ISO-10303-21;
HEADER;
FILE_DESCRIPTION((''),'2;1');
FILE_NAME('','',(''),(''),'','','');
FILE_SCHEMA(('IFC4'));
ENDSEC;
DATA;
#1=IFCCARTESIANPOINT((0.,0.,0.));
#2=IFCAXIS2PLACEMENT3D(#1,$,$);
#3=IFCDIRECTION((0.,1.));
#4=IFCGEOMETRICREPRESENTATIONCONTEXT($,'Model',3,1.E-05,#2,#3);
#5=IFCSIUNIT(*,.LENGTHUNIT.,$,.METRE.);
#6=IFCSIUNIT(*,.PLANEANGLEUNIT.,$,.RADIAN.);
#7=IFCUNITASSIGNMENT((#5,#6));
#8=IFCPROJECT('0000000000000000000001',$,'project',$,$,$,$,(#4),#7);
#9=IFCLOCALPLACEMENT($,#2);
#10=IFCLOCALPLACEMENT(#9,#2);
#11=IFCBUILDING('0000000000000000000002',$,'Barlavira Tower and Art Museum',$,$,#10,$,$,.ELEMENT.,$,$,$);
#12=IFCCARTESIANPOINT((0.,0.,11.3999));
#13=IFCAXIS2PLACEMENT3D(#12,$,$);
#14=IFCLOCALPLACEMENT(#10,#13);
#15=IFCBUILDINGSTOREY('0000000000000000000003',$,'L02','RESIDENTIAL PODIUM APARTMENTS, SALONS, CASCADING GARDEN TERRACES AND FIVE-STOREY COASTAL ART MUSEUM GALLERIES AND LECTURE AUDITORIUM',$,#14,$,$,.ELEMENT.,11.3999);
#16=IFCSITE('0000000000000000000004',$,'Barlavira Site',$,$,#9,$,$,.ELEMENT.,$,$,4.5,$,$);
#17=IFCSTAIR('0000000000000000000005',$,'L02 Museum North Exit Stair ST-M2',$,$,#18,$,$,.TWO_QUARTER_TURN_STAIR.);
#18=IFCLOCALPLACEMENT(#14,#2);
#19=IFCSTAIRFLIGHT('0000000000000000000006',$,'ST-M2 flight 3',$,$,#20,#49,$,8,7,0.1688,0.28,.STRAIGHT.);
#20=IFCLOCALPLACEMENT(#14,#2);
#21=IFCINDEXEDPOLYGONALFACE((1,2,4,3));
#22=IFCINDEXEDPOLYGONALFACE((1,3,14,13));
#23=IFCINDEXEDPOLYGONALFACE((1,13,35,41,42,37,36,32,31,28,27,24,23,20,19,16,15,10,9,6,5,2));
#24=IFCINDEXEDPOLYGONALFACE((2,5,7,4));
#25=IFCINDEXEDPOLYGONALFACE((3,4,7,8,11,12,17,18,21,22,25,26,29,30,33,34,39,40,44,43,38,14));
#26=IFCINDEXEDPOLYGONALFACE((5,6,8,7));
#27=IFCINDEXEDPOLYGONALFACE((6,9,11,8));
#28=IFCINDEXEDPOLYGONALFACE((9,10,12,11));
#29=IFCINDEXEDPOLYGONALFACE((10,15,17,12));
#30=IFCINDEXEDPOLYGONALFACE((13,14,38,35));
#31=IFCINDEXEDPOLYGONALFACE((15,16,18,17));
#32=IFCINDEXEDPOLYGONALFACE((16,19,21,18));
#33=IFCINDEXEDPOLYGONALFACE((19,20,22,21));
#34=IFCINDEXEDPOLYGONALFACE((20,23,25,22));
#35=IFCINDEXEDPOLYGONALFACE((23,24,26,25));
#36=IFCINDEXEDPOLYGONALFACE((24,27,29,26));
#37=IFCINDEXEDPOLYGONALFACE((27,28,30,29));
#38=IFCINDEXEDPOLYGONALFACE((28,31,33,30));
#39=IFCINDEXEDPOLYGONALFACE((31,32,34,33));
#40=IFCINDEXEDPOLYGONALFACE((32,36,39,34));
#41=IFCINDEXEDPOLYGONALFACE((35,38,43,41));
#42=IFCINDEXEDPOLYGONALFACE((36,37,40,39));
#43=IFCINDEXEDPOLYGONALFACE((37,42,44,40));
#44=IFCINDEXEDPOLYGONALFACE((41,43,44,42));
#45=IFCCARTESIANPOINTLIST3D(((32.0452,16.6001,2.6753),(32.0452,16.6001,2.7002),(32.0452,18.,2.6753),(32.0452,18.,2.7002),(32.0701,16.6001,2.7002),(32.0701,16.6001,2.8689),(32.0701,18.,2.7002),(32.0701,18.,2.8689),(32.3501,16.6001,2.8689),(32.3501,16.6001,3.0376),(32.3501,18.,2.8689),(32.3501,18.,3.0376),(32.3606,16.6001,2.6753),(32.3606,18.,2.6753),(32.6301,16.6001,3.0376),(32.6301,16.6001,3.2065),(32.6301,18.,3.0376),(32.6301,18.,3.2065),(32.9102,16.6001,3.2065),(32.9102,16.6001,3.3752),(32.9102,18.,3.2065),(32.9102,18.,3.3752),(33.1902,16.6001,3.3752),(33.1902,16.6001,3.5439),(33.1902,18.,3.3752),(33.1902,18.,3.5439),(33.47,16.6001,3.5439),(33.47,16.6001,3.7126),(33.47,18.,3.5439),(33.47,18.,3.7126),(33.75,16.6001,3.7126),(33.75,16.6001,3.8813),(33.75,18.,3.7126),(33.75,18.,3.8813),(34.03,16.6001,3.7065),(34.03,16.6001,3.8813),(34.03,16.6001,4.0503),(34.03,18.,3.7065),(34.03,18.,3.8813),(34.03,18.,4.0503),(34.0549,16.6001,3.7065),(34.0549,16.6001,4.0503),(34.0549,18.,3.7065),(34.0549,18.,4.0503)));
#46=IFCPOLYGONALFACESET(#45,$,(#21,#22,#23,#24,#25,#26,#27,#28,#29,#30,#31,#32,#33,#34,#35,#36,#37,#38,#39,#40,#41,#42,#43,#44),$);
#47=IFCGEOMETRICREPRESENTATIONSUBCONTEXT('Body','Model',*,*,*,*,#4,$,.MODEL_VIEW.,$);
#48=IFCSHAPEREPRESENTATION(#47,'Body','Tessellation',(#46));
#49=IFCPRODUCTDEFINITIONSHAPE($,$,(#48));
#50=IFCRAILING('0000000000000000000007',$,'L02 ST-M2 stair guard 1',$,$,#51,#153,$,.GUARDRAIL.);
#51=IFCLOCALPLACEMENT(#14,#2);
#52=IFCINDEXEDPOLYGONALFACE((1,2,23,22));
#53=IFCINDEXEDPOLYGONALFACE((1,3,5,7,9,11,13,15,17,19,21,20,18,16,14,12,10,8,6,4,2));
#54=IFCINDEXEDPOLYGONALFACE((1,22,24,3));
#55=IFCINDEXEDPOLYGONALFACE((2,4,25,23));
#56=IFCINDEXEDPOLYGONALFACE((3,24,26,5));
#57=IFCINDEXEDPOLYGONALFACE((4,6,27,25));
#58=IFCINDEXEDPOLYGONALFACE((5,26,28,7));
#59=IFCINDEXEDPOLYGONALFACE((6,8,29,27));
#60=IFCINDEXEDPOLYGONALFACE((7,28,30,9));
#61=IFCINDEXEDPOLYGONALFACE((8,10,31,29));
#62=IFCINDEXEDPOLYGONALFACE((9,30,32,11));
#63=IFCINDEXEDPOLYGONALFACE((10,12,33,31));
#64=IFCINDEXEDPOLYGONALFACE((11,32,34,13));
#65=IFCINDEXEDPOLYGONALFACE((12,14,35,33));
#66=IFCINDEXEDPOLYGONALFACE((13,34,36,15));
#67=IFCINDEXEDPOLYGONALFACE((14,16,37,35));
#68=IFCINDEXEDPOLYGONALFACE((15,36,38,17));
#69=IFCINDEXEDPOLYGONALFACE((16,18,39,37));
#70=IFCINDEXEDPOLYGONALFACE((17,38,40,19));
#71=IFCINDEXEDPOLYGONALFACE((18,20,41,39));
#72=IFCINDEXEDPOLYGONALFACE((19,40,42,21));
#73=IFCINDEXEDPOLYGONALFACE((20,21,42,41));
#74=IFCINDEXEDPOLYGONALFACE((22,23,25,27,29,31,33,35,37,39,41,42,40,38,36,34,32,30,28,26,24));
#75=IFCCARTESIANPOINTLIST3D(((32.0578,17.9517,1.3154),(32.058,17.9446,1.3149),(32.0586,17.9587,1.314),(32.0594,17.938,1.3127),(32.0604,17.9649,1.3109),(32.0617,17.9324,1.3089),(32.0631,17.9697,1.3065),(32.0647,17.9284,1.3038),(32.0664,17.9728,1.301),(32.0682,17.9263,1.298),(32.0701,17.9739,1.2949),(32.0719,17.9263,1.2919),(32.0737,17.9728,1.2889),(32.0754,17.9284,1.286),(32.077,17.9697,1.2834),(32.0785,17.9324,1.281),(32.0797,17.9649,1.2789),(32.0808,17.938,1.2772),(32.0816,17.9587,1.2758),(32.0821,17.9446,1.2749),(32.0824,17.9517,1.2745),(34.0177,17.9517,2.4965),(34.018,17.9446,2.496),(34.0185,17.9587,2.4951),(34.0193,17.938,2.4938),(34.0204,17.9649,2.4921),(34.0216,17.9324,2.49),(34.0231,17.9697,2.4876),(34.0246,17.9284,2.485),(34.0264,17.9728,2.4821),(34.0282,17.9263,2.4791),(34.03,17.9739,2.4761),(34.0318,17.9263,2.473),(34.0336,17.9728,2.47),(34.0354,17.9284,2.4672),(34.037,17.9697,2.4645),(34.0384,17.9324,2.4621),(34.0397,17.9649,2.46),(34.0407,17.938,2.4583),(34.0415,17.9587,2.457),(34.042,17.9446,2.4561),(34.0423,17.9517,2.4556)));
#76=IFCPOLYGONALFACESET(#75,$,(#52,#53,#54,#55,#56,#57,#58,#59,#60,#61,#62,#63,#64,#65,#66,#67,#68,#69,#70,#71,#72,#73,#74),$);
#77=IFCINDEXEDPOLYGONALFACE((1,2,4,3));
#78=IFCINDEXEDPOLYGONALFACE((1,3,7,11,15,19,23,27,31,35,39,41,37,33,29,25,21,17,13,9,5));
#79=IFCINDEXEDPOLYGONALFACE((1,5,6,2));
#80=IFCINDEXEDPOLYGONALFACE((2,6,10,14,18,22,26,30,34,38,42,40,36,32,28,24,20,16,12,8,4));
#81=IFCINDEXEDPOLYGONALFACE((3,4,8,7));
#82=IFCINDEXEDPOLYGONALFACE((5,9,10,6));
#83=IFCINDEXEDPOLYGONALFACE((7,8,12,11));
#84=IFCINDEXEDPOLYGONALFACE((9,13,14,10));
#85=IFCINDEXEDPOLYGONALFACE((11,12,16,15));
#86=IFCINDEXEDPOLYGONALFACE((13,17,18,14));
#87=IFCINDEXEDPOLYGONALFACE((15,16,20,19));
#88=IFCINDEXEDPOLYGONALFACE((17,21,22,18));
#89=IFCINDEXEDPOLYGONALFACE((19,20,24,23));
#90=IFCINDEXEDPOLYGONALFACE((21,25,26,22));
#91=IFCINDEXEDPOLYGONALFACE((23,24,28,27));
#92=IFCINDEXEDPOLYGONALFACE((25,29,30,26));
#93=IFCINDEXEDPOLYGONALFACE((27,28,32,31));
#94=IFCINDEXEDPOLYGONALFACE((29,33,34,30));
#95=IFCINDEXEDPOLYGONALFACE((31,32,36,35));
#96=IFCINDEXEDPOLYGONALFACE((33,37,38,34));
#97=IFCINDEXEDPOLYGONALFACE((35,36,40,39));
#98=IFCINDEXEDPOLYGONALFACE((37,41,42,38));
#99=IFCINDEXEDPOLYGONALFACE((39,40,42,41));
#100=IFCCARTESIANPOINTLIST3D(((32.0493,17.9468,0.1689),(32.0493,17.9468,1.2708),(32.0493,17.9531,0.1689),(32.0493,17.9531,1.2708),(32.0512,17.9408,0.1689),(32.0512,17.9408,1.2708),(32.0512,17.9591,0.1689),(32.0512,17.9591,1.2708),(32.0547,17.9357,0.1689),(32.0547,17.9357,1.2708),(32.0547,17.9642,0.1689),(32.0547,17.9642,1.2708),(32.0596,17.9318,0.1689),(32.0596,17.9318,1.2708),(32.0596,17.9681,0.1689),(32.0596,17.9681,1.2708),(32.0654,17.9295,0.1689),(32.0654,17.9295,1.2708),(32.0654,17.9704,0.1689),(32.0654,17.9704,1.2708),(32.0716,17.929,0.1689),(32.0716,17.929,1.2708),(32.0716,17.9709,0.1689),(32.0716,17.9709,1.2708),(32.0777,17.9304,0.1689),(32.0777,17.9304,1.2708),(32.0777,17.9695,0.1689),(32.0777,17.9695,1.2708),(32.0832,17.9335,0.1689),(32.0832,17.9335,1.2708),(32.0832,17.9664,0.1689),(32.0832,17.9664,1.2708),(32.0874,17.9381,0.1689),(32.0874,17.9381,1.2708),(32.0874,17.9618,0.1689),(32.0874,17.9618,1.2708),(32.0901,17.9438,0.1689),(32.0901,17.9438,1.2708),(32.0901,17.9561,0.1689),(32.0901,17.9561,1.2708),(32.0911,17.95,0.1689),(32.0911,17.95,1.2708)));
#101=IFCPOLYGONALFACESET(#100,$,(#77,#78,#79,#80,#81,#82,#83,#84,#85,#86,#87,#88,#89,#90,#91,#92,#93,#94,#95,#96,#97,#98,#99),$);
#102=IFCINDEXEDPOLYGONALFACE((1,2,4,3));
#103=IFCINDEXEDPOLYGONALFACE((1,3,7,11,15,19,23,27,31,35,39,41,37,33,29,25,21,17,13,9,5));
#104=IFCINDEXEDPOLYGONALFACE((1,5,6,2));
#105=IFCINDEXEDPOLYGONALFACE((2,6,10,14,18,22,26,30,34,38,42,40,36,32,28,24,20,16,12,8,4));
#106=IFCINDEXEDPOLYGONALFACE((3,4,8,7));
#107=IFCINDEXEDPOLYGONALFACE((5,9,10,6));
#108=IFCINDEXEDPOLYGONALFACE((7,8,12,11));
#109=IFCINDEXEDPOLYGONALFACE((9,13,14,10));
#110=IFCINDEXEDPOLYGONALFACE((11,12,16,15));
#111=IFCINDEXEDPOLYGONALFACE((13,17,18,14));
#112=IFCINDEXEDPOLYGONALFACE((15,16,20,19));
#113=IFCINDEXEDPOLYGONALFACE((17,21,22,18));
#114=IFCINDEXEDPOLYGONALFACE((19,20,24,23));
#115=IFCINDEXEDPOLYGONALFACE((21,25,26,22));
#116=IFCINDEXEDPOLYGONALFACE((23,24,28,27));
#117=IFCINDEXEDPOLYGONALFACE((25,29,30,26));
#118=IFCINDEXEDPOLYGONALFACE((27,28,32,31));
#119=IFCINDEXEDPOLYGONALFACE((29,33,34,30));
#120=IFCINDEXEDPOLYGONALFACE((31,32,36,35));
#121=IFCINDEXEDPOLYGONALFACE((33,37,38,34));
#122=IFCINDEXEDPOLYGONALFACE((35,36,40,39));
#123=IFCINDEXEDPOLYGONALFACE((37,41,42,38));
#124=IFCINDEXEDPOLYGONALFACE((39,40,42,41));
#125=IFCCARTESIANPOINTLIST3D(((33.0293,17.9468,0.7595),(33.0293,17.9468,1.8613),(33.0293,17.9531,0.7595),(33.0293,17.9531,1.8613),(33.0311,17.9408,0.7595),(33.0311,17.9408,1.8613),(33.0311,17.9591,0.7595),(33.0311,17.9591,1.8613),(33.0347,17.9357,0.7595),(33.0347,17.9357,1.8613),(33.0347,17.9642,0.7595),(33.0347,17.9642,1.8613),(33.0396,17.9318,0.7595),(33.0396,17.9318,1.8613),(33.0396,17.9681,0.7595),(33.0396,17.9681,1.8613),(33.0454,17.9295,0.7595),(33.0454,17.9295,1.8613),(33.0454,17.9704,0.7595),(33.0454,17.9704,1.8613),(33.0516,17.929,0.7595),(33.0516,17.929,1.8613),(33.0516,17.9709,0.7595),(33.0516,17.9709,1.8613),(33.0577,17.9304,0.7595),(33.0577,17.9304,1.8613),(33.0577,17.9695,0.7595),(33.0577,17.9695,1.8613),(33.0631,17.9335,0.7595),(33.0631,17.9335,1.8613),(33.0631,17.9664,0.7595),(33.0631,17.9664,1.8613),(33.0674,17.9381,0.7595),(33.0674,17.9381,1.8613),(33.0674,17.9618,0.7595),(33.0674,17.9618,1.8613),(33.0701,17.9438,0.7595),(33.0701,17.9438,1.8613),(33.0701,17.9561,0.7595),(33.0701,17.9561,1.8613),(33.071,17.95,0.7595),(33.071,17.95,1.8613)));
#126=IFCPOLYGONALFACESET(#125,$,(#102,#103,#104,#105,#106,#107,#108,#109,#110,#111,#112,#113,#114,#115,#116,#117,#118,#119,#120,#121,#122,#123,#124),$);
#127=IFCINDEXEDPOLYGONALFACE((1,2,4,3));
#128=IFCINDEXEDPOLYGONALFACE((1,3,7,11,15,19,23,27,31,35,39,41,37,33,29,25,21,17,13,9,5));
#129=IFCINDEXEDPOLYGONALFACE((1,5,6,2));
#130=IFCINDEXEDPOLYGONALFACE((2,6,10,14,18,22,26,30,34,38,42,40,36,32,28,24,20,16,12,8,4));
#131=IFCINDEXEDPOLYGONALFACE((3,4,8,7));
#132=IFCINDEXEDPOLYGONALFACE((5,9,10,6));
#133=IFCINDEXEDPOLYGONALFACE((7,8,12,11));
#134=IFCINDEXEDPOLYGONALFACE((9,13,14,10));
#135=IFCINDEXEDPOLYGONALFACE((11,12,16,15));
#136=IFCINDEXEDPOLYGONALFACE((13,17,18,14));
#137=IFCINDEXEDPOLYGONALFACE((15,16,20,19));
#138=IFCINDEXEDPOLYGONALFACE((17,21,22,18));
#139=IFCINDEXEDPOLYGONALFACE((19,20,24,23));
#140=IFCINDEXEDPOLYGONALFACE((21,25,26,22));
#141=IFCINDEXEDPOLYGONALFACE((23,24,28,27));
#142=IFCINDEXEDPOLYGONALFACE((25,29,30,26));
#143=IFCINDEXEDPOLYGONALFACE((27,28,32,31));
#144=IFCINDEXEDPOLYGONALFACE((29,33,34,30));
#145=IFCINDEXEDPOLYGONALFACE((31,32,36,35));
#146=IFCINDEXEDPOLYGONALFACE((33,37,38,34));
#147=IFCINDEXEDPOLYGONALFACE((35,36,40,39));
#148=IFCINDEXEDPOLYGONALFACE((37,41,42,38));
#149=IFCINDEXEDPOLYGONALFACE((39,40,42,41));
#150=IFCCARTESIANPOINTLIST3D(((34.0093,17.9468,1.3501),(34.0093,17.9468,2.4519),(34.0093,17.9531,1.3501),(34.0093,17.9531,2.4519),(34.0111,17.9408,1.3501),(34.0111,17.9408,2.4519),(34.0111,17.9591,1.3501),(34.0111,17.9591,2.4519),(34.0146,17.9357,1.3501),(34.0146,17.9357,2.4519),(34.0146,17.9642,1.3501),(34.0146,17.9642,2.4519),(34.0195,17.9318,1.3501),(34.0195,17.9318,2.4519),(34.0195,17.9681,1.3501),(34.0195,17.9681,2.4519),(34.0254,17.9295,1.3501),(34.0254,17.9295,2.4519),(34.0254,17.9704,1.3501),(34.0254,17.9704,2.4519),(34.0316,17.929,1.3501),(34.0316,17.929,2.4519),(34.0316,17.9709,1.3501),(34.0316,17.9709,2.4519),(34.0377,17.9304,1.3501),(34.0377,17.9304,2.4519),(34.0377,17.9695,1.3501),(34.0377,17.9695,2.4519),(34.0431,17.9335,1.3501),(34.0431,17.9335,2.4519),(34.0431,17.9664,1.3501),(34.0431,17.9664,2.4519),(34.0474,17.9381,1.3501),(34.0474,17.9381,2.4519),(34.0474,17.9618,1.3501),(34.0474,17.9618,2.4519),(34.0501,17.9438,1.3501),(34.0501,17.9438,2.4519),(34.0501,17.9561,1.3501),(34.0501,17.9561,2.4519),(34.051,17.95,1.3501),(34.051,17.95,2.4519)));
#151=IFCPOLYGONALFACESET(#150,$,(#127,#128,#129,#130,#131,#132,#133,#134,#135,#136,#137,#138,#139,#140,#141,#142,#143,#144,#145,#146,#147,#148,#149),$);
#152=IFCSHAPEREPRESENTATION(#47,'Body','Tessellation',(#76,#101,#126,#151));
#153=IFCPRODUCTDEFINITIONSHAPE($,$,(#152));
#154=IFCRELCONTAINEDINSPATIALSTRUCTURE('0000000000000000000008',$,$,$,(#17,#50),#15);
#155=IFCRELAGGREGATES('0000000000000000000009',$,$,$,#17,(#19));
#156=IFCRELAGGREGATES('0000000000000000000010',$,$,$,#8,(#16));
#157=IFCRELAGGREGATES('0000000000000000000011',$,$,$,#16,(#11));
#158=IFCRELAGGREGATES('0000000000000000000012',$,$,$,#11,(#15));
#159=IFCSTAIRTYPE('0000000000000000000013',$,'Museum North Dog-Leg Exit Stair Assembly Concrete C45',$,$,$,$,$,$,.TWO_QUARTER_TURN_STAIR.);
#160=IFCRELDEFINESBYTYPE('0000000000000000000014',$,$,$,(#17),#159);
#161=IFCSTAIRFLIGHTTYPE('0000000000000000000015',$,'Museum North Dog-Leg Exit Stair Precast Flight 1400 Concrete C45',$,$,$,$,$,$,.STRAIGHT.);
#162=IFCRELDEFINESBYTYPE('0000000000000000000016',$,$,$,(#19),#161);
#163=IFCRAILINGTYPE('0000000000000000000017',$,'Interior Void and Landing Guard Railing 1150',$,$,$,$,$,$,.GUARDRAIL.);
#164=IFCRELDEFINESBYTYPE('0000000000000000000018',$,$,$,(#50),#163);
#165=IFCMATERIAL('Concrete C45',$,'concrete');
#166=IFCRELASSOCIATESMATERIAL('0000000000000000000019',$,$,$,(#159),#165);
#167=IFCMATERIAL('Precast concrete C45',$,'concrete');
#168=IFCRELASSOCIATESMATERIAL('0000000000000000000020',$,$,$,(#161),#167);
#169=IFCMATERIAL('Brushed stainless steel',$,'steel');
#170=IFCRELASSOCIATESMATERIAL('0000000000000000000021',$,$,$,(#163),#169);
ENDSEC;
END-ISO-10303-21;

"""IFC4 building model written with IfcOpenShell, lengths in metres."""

from ifc_helpers import new_model, si_unit, direction, frame, origin, origin_2d, place, context, subcontext, project, spatial, polyline, circle, outline, extrude, material, type_object, element, aggregate, save


model = new_model("IFC4")

# Units and contexts
model_context = context("Model", 3, precision=1e-05, world=origin(), true_north=direction((0.0, 1.0)))
body_context = subcontext(model_context, "Body", "Model", "MODEL_VIEW")
ifc_project = project(units=[si_unit("LENGTHUNIT", "METRE"), si_unit("PLANEANGLEUNIT", "RADIAN")], contexts=[model_context])

# Site, building, storey
site_placement = place(None, origin())
site = spatial("IfcSite", under=ifc_project, at=site_placement, Name="Barlavira Site", CompositionType="ELEMENT", RefElevation=4.5)
building_placement = place(site_placement, origin())
building = spatial("IfcBuilding", under=site, at=building_placement, Name="Barlavira Tower and Art Museum", CompositionType="ELEMENT")
storey_placement = place(building_placement, frame((0.0, 0.0, 11.3999)))
storey = spatial("IfcBuildingStorey", under=building, at=storey_placement, Name="L02", Description="RESIDENTIAL PODIUM APARTMENTS, SALONS, CASCADING GARDEN TERRACES AND FIVE-STOREY COASTAL ART MUSEUM GALLERIES AND LECTURE AUDITORIUM", CompositionType="ELEMENT", Elevation=11.3999)

# Stair, stair flight
ifc_material_1 = material(Name="Concrete C45", Category="concrete")
stair_type = type_object("IfcStairType", Name="Museum North Dog-Leg Exit Stair Assembly Concrete C45", PredefinedType="TWO_QUARTER_TURN_STAIR", material=ifc_material_1)
stair_placement = place(storey_placement, origin())
stair = element("IfcStair", 1, at=stair_placement, inside=storey, type_object=stair_type, Name="L02 Museum North Exit Stair ST-M2", PredefinedType="TWO_QUARTER_TURN_STAIR")
ifc_material_2 = material(Name="Precast concrete C45", Category="concrete")
stair_flight_type = type_object("IfcStairFlightType", Name="Museum North Dog-Leg Exit Stair Precast Flight 1400 Concrete C45", PredefinedType="STRAIGHT", material=ifc_material_2)
stair_flight_1_placement = place(storey_placement, frame((32.0701, 17.3, 2.7002), z_axis=(0.0, 0.0, 1.0), x_axis=(1.0, 0.0, 0.0)))
stair_flight_1 = element("IfcStairFlight", 2, at=stair_flight_1_placement, type_object=stair_flight_type, Name="ST-M2 flight 3", NumberOfRisers=8, NumberOfTreads=7, PredefinedType="STRAIGHT", RiserHeight=0.1688, TreadLength=0.28, context=body_context, shape_type="SweptSolid", body=[
    extrude(outline(polyline([(-0.0249, 0.0), (0.0, 0.0), (0.0, 0.1687), (0.28, 0.1687), (0.28, 0.3374), (0.5601, 0.3374), (0.5601, 0.5063), (0.8401, 0.5063), (0.8401, 0.675), (1.1201, 0.675), (1.1201, 0.8438), (1.3999, 0.8438), (1.3999, 1.0125), (1.6799, 1.0125), (1.6799, 1.1812), (1.96, 1.1812), (1.96, 1.3501), (1.9849, 1.3501), (1.9849, 1.0063), (1.96, 1.0063), (0.2905, -0.0249), (-0.0249, -0.0249), (-0.0249, 0.0)])), frame((0.0, 0.7, 0.0), z_axis=(0.0, -1.0, 0.0), x_axis=(1.0, 0.0, 0.0)), (0.0, 0.0, 1.0), 1.3999),
])
aggregate(stair, [stair_flight_1])

# Railing
ifc_material_3 = material(Name="Brushed stainless steel", Category="steel")
railing_type_1 = type_object("IfcRailingType", Name="Interior Void and Landing Guard Railing 1150", PredefinedType="GUARDRAIL", material=ifc_material_3)
railing_1_placement = place(storey_placement, frame((32.0701, 17.95, 0.1689)))
element("IfcRailing", 3, at=railing_1_placement, inside=storey, type_object=railing_type_1, Name="L02 ST-M2 stair guard 1", PredefinedType="GUARDRAIL", context=body_context, shape_type="SweptSolid", body=[
    extrude(circle(Radius=0.0239, at=origin_2d()), frame((0.0, 0.0, 1.126), z_axis=(0.856493, 0.0, 0.516158), x_axis=(0.0, 1.0, 0.0)), (0.0, 0.0, 1.0), 2.2883),
    extrude(circle(Radius=0.021, at=origin_2d()), origin(), (0.0, 0.0, 1.0), 1.1018),
    extrude(circle(Radius=0.021, at=origin_2d()), frame((0.98, 0.0, 0.5906)), (0.0, 0.0, 1.0), 1.1018),
    extrude(circle(Radius=0.021, at=origin_2d()), frame((1.96, 0.0, 1.1812)), (0.0, 0.0, 1.0), 1.1018),
])

save(model, "model.ifc")
